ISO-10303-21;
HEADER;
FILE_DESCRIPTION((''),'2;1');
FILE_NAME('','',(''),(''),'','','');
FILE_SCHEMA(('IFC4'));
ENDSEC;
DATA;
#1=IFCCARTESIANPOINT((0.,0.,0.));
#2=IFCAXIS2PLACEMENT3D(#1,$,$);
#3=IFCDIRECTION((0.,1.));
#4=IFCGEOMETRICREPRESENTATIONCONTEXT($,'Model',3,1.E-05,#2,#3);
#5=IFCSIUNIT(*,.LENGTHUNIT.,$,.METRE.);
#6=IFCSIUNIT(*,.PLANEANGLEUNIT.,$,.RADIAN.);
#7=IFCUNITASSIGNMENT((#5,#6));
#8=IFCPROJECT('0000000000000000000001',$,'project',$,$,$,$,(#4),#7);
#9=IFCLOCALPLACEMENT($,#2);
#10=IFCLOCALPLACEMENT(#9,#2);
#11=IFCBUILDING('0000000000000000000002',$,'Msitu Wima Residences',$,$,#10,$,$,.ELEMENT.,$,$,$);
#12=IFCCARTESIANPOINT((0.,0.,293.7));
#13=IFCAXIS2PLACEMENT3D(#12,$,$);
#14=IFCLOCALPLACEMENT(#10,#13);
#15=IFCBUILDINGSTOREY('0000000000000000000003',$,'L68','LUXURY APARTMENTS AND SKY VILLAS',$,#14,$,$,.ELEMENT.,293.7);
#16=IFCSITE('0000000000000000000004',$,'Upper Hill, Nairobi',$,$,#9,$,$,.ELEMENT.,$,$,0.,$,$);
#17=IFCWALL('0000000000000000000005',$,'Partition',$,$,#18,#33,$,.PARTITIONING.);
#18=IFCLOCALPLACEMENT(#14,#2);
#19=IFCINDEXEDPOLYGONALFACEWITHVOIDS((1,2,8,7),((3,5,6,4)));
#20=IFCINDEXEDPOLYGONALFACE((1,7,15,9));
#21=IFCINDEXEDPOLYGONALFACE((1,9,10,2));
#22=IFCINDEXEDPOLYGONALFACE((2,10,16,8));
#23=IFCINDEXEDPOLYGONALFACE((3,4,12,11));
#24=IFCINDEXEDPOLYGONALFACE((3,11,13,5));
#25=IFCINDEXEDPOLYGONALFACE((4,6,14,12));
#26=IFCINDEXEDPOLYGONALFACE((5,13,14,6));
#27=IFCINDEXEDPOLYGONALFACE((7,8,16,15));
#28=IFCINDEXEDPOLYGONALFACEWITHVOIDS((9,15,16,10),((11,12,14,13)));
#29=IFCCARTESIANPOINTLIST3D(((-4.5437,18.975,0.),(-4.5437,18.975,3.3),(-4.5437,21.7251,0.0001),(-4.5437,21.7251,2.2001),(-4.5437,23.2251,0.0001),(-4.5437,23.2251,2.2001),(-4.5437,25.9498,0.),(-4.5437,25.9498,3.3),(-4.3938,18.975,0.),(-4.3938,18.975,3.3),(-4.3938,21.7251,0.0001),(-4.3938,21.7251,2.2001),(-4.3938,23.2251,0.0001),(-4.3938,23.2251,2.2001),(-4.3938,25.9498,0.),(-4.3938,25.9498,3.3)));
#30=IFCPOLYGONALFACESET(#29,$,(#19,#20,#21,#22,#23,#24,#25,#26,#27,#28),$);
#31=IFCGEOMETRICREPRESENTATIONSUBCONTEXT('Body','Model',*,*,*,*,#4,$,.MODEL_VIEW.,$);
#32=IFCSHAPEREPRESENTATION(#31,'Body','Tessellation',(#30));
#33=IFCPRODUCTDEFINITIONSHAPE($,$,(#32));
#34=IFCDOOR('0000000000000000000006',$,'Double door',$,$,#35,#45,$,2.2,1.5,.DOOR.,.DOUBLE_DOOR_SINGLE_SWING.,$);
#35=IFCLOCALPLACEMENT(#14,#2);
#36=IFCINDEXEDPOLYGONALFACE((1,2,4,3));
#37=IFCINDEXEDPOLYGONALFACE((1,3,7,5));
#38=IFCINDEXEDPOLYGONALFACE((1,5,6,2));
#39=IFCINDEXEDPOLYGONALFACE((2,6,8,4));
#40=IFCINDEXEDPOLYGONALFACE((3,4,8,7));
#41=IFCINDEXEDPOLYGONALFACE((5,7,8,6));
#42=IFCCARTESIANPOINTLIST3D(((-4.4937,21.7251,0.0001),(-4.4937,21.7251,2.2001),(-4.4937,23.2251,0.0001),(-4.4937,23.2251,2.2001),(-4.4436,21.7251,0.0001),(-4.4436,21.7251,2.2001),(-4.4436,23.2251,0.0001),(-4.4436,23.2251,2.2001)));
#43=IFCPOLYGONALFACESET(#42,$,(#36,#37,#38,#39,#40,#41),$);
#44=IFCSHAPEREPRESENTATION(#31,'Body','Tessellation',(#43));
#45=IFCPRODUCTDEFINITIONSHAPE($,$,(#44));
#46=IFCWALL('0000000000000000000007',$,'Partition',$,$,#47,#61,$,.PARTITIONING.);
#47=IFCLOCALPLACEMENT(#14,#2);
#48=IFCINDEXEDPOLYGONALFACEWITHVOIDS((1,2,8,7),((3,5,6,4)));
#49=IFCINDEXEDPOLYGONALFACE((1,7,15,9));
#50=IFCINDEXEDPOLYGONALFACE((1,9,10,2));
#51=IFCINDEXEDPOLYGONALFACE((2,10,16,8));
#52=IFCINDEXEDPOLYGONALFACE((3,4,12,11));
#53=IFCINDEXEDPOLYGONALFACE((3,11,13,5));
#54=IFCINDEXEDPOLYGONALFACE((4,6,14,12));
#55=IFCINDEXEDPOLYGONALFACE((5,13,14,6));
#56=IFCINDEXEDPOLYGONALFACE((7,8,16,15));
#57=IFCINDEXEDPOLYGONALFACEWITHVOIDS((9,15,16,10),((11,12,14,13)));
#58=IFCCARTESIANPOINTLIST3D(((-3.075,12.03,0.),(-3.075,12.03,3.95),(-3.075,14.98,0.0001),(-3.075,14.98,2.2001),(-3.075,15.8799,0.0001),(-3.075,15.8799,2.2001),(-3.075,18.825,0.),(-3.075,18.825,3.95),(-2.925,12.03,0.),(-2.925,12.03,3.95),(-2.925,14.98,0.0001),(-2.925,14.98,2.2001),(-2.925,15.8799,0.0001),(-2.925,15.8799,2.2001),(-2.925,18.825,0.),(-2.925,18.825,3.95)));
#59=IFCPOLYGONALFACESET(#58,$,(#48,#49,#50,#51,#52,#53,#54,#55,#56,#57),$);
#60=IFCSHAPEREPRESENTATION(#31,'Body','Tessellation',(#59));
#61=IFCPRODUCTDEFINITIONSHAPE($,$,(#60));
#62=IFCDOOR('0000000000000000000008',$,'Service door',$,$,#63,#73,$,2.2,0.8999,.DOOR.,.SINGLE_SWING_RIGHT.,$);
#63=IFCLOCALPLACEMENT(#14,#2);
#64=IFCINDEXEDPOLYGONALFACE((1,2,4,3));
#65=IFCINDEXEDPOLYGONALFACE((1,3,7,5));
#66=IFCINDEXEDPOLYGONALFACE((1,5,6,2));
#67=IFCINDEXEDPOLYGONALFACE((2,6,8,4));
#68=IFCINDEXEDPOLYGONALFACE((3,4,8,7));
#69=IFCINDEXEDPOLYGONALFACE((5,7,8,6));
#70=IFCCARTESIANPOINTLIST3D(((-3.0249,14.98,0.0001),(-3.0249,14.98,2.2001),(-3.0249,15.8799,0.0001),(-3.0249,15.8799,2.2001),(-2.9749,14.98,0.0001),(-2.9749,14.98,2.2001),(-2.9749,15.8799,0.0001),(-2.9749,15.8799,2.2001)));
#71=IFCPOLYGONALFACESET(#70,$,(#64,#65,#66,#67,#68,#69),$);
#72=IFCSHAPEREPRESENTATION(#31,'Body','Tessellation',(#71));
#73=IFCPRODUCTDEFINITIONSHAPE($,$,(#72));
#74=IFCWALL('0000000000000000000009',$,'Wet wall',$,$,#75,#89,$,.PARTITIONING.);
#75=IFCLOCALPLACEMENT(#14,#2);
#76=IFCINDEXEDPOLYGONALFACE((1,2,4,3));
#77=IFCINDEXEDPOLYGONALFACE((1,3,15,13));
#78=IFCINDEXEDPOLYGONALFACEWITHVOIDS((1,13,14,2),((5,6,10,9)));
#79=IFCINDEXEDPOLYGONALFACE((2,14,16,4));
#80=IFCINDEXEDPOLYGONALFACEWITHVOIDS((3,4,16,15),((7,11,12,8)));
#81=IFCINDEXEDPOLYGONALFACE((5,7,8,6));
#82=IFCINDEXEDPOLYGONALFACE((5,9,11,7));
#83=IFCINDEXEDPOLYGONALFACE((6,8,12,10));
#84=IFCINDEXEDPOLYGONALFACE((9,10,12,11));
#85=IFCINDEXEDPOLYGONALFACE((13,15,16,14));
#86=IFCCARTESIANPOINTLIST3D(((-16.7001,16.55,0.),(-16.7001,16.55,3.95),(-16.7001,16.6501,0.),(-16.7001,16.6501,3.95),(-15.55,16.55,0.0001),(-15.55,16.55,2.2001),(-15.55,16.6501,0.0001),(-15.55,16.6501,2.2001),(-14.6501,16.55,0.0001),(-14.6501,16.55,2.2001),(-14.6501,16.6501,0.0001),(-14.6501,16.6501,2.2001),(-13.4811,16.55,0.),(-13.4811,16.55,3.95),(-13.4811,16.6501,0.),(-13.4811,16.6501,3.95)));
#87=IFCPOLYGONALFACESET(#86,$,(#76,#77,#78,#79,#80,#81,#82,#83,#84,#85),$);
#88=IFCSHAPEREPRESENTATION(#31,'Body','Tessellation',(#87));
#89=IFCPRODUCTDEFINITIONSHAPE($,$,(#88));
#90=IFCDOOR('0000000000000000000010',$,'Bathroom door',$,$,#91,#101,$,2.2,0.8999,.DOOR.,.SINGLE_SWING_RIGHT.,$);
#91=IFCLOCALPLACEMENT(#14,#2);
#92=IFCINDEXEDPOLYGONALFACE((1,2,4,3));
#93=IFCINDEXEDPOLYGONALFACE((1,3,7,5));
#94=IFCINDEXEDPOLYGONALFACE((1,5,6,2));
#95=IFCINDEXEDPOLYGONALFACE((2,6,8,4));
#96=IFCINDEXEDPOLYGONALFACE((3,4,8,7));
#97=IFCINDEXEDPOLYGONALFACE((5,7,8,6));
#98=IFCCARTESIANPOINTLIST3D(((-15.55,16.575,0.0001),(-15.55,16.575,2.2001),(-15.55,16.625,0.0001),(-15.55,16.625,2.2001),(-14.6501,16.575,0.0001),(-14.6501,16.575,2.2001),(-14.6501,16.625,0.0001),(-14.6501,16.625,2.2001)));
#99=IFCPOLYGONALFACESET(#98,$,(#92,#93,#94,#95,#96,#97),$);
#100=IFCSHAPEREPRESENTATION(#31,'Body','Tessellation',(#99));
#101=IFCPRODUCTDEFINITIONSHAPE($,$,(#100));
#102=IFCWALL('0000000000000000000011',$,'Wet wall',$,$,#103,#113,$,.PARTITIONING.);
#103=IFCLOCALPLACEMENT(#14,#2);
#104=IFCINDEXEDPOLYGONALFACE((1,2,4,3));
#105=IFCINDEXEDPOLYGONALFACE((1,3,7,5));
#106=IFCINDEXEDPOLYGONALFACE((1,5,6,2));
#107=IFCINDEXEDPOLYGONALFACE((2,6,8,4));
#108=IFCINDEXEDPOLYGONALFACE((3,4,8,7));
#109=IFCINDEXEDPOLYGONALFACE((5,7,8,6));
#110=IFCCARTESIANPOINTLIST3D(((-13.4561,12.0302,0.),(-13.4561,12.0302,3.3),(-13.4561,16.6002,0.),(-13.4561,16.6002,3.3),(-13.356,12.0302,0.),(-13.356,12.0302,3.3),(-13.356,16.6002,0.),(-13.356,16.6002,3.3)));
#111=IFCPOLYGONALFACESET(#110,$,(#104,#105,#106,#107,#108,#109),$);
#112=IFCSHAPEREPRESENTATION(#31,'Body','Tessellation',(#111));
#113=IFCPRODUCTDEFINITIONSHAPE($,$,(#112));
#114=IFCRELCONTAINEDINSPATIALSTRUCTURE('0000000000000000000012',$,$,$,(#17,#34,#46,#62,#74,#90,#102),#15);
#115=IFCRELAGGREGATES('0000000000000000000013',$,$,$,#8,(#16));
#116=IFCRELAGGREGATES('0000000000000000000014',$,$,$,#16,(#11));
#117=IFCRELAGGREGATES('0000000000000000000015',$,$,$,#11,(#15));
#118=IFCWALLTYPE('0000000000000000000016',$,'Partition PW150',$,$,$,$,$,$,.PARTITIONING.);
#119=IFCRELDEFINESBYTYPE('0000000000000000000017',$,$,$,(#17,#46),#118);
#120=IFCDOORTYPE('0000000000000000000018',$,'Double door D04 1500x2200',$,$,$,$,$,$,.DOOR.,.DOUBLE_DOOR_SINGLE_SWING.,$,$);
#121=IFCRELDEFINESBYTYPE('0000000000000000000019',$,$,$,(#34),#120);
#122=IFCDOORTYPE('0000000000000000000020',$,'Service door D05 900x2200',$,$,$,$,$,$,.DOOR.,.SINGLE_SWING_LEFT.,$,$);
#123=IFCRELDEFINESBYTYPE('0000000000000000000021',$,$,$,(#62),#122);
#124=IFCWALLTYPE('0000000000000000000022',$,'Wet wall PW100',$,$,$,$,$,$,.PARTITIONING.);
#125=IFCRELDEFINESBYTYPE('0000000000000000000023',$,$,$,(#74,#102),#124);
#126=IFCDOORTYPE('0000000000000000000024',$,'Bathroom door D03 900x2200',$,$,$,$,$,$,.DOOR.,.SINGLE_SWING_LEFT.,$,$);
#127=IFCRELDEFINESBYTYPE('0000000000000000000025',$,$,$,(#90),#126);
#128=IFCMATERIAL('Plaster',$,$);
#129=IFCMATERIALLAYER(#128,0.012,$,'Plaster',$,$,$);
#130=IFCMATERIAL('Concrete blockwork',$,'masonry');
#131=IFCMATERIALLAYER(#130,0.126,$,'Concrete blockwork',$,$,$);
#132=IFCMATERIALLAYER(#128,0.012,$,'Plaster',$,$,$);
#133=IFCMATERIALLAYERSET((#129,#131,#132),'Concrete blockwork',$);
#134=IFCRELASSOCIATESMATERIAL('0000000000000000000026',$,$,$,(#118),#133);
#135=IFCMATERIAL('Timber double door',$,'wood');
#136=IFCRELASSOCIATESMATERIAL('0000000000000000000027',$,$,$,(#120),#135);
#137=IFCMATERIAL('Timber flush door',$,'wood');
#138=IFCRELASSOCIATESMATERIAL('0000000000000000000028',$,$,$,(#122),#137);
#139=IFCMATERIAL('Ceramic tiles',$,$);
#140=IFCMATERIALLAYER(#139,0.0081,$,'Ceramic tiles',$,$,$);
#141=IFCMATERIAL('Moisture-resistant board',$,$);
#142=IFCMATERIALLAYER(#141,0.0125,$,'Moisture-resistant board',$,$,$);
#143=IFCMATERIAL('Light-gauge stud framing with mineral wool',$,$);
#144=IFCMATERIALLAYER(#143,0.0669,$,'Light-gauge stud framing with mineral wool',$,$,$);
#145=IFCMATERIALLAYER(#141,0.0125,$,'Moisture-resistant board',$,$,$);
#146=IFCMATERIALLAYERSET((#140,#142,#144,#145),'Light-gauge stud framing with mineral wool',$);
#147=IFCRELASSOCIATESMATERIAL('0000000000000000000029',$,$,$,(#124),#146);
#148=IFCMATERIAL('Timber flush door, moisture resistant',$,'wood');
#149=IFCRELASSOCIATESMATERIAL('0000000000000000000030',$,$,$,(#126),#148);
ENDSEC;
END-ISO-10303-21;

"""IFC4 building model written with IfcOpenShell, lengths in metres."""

from ifc_helpers import new_model, si_unit, direction, frame, frame_2d, origin, place, context, subcontext, project, spatial, rectangle, extrude, material, layer, layer_set, type_object, element, fill, save


model = new_model("IFC4")

# Units and contexts
model_context = context("Model", 3, precision=1e-05, world=origin(), true_north=direction((0.0, 1.0)))
body_context = subcontext(model_context, "Body", "Model", "MODEL_VIEW")
ifc_project = project(units=[si_unit("LENGTHUNIT", "METRE"), si_unit("PLANEANGLEUNIT", "RADIAN")], contexts=[model_context])

# Site, building, storey
site_placement = place(None, origin())
site = spatial("IfcSite", under=ifc_project, at=site_placement, Name="Upper Hill, Nairobi", CompositionType="ELEMENT", RefElevation=0.0)
building_placement = place(site_placement, origin())
building = spatial("IfcBuilding", under=site, at=building_placement, Name="Msitu Wima Residences", CompositionType="ELEMENT")
storey_placement = place(building_placement, frame((0.0, 0.0, 293.7)))
storey = spatial("IfcBuildingStorey", under=building, at=storey_placement, Name="L68", Description="LUXURY APARTMENTS AND SKY VILLAS", CompositionType="ELEMENT", Elevation=293.7)

# Shared definitions
ifc_material_1 = material(Name="Plaster")
ifc_material_2 = material(Name="Concrete blockwork", Category="masonry")

# Shared definitions
ifc_layer_1 = layer(ifc_material_1, 0.012, Name="Plaster")
ifc_layer_2 = layer(ifc_material_2, 0.126, Name="Concrete blockwork")
ifc_layer_3 = layer(ifc_material_1, 0.012, Name="Plaster")
ifc_layer_set_1 = layer_set([ifc_layer_1, ifc_layer_2, ifc_layer_3], Name="Concrete blockwork")
wall_type_1 = type_object("IfcWallType", Name="Partition PW150", PredefinedType="PARTITIONING", material=ifc_layer_set_1)
ifc_material_3 = material(Name="Timber flush door", Category="wood")

# Walls, openings, doors
wall_1_placement = place(storey_placement, frame((-4.4688, 18.9751, 0.0), z_axis=(0.0, 0.0, 1.0), x_axis=(0.0, 1.0, 0.0)))
wall_1 = element("IfcWall", 1, at=wall_1_placement, inside=storey, type_object=wall_type_1, Name="Partition", PredefinedType="PARTITIONING", context=body_context, shape_type="SweptSolid", body=[
    extrude(rectangle(XDim=6.9749, YDim=0.1499, at=frame_2d((3.4873, 0.0))), origin(), (0.0, 0.0, 1.0), 3.3),
])
opening_1_placement = place(wall_1_placement, frame((2.75, 0.0, 0.0)))
opening_1 = element("IfcOpeningElement", 2, at=opening_1_placement, cuts=wall_1, PredefinedType="OPENING", context=body_context, shape_type="SweptSolid", body=[
    extrude(rectangle(XDim=1.5, YDim=2.2, at=frame_2d((0.75, 1.1001))), frame((0.0, 0.085, 0.0), z_axis=(0.0, -1.0, 0.0), x_axis=(1.0, 0.0, 0.0)), (0.0, 0.0, 1.0), 0.1699),
])
ifc_material_4 = material(Name="Timber double door", Category="wood")
door_type_1 = type_object("IfcDoorType", Name="Double door D04 1500x2200", OperationType="DOUBLE_DOOR_SINGLE_SWING", PredefinedType="DOOR", material=ifc_material_4)
door_1_placement = place(opening_1_placement, origin())
door_1 = element("IfcDoor", 3, at=door_1_placement, inside=storey, type_object=door_type_1, Name="Double door", OperationType="DOUBLE_DOOR_SINGLE_SWING", OverallHeight=2.2, OverallWidth=1.5, PredefinedType="DOOR", context=body_context, shape_type="SweptSolid", body=[
    extrude(rectangle(XDim=1.5, YDim=2.2, at=frame_2d((0.75, 1.1001))), frame((0.0, 0.0249, 0.0), z_axis=(0.0, -1.0, 0.0), x_axis=(1.0, 0.0, 0.0)), (0.0, 0.0, 1.0), 0.05),
])
fill(opening_1, door_1)
wall_2_placement = place(storey_placement, frame((-3.0, 12.03, 0.0), z_axis=(0.0, 0.0, 1.0), x_axis=(0.0, 1.0, 0.0)))
wall_2 = element("IfcWall", 4, at=wall_2_placement, inside=storey, type_object=wall_type_1, Name="Partition", PredefinedType="PARTITIONING", context=body_context, shape_type="SweptSolid", body=[
    extrude(rectangle(XDim=6.7949, YDim=0.1499, at=frame_2d((3.3975, 0.0))), origin(), (0.0, 0.0, 1.0), 3.95),
])
opening_2_placement = place(wall_2_placement, frame((2.95, 0.0, 0.0)))
opening_2 = element("IfcOpeningElement", 5, at=opening_2_placement, cuts=wall_2, PredefinedType="OPENING", context=body_context, shape_type="SweptSolid", body=[
    extrude(rectangle(XDim=0.8999, YDim=2.2, at=frame_2d((0.45, 1.1001))), frame((0.0, 0.085, 0.0), z_axis=(0.0, -1.0, 0.0), x_axis=(1.0, 0.0, 0.0)), (0.0, 0.0, 1.0), 0.1699),
])
door_type_2 = type_object("IfcDoorType", Name="Service door D05 900x2200", OperationType="SINGLE_SWING_LEFT", PredefinedType="DOOR", material=ifc_material_3)
door_2_placement = place(opening_2_placement, origin())
door_2 = element("IfcDoor", 6, at=door_2_placement, inside=storey, type_object=door_type_2, Name="Service door", OperationType="SINGLE_SWING_RIGHT", OverallHeight=2.2, OverallWidth=0.8999, PredefinedType="DOOR", context=body_context, shape_type="SweptSolid", body=[
    extrude(rectangle(XDim=0.8999, YDim=2.2, at=frame_2d((0.45, 1.1001))), frame((0.0, 0.0249, 0.0), z_axis=(0.0, -1.0, 0.0), x_axis=(1.0, 0.0, 0.0)), (0.0, 0.0, 1.0), 0.05),
])
fill(opening_2, door_2)
ifc_material_5 = material(Name="Ceramic tiles")
ifc_layer_4 = layer(ifc_material_5, 0.0081, Name="Ceramic tiles")
ifc_material_6 = material(Name="Moisture-resistant board")
ifc_layer_5 = layer(ifc_material_6, 0.0125, Name="Moisture-resistant board")
ifc_material_7 = material(Name="Light-gauge stud framing with mineral wool")
ifc_layer_6 = layer(ifc_material_7, 0.0669, Name="Light-gauge stud framing with mineral wool")
ifc_layer_7 = layer(ifc_material_6, 0.0125, Name="Moisture-resistant board")
ifc_layer_set_2 = layer_set([ifc_layer_4, ifc_layer_5, ifc_layer_6, ifc_layer_7], Name="Light-gauge stud framing with mineral wool")
wall_type_2 = type_object("IfcWallType", Name="Wet wall PW100", PredefinedType="PARTITIONING", material=ifc_layer_set_2)
wall_3_placement = place(storey_placement, frame((-16.7, 16.6001, 0.0), z_axis=(0.0, 0.0, 1.0), x_axis=(1.0, 0.0, 0.0)))
wall_3 = element("IfcWall", 7, at=wall_3_placement, inside=storey, type_object=wall_type_2, Name="Wet wall", PredefinedType="PARTITIONING", context=body_context, shape_type="SweptSolid", body=[
    extrude(rectangle(XDim=3.219, YDim=0.1001, at=frame_2d((1.6094, 0.0))), origin(), (0.0, 0.0, 1.0), 3.95),
])
opening_3_placement = place(wall_3_placement, frame((1.1499, 0.0, 0.0)))
opening_3 = element("IfcOpeningElement", 8, at=opening_3_placement, cuts=wall_3, PredefinedType="OPENING", context=body_context, shape_type="SweptSolid", body=[
    extrude(rectangle(XDim=0.8999, YDim=2.2, at=frame_2d((0.45, 1.1001))), frame((0.0, 0.0601, 0.0), z_axis=(0.0, -1.0, 0.0), x_axis=(1.0, 0.0, 0.0)), (0.0, 0.0, 1.0), 0.1201),
])
ifc_material_8 = material(Name="Timber flush door, moisture resistant", Category="wood")
door_type_3 = type_object("IfcDoorType", Name="Bathroom door D03 900x2200", OperationType="SINGLE_SWING_LEFT", PredefinedType="DOOR", material=ifc_material_8)
door_3_placement = place(opening_3_placement, origin())
door_3 = element("IfcDoor", 9, at=door_3_placement, inside=storey, type_object=door_type_3, Name="Bathroom door", OperationType="SINGLE_SWING_RIGHT", OverallHeight=2.2, OverallWidth=0.8999, PredefinedType="DOOR", context=body_context, shape_type="SweptSolid", body=[
    extrude(rectangle(XDim=0.8999, YDim=2.2, at=frame_2d((0.45, 1.1001))), frame((0.0, 0.0249, 0.0), z_axis=(0.0, -1.0, 0.0), x_axis=(1.0, 0.0, 0.0)), (0.0, 0.0, 1.0), 0.05),
])
fill(opening_3, door_3)

# Wall
wall_4_placement = place(storey_placement, frame((-13.406, 12.03, 0.0), z_axis=(0.0, 0.0, 1.0), x_axis=(0.0, 1.0, 0.0)))
element("IfcWall", 10, at=wall_4_placement, inside=storey, type_object=wall_type_2, Name="Wet wall", PredefinedType="PARTITIONING", context=body_context, shape_type="SweptSolid", body=[
    extrude(rectangle(XDim=4.5701, YDim=0.1001, at=frame_2d((2.2852, 0.0))), origin(), (0.0, 0.0, 1.0), 3.3),
])

save(model, "model.ifc")
